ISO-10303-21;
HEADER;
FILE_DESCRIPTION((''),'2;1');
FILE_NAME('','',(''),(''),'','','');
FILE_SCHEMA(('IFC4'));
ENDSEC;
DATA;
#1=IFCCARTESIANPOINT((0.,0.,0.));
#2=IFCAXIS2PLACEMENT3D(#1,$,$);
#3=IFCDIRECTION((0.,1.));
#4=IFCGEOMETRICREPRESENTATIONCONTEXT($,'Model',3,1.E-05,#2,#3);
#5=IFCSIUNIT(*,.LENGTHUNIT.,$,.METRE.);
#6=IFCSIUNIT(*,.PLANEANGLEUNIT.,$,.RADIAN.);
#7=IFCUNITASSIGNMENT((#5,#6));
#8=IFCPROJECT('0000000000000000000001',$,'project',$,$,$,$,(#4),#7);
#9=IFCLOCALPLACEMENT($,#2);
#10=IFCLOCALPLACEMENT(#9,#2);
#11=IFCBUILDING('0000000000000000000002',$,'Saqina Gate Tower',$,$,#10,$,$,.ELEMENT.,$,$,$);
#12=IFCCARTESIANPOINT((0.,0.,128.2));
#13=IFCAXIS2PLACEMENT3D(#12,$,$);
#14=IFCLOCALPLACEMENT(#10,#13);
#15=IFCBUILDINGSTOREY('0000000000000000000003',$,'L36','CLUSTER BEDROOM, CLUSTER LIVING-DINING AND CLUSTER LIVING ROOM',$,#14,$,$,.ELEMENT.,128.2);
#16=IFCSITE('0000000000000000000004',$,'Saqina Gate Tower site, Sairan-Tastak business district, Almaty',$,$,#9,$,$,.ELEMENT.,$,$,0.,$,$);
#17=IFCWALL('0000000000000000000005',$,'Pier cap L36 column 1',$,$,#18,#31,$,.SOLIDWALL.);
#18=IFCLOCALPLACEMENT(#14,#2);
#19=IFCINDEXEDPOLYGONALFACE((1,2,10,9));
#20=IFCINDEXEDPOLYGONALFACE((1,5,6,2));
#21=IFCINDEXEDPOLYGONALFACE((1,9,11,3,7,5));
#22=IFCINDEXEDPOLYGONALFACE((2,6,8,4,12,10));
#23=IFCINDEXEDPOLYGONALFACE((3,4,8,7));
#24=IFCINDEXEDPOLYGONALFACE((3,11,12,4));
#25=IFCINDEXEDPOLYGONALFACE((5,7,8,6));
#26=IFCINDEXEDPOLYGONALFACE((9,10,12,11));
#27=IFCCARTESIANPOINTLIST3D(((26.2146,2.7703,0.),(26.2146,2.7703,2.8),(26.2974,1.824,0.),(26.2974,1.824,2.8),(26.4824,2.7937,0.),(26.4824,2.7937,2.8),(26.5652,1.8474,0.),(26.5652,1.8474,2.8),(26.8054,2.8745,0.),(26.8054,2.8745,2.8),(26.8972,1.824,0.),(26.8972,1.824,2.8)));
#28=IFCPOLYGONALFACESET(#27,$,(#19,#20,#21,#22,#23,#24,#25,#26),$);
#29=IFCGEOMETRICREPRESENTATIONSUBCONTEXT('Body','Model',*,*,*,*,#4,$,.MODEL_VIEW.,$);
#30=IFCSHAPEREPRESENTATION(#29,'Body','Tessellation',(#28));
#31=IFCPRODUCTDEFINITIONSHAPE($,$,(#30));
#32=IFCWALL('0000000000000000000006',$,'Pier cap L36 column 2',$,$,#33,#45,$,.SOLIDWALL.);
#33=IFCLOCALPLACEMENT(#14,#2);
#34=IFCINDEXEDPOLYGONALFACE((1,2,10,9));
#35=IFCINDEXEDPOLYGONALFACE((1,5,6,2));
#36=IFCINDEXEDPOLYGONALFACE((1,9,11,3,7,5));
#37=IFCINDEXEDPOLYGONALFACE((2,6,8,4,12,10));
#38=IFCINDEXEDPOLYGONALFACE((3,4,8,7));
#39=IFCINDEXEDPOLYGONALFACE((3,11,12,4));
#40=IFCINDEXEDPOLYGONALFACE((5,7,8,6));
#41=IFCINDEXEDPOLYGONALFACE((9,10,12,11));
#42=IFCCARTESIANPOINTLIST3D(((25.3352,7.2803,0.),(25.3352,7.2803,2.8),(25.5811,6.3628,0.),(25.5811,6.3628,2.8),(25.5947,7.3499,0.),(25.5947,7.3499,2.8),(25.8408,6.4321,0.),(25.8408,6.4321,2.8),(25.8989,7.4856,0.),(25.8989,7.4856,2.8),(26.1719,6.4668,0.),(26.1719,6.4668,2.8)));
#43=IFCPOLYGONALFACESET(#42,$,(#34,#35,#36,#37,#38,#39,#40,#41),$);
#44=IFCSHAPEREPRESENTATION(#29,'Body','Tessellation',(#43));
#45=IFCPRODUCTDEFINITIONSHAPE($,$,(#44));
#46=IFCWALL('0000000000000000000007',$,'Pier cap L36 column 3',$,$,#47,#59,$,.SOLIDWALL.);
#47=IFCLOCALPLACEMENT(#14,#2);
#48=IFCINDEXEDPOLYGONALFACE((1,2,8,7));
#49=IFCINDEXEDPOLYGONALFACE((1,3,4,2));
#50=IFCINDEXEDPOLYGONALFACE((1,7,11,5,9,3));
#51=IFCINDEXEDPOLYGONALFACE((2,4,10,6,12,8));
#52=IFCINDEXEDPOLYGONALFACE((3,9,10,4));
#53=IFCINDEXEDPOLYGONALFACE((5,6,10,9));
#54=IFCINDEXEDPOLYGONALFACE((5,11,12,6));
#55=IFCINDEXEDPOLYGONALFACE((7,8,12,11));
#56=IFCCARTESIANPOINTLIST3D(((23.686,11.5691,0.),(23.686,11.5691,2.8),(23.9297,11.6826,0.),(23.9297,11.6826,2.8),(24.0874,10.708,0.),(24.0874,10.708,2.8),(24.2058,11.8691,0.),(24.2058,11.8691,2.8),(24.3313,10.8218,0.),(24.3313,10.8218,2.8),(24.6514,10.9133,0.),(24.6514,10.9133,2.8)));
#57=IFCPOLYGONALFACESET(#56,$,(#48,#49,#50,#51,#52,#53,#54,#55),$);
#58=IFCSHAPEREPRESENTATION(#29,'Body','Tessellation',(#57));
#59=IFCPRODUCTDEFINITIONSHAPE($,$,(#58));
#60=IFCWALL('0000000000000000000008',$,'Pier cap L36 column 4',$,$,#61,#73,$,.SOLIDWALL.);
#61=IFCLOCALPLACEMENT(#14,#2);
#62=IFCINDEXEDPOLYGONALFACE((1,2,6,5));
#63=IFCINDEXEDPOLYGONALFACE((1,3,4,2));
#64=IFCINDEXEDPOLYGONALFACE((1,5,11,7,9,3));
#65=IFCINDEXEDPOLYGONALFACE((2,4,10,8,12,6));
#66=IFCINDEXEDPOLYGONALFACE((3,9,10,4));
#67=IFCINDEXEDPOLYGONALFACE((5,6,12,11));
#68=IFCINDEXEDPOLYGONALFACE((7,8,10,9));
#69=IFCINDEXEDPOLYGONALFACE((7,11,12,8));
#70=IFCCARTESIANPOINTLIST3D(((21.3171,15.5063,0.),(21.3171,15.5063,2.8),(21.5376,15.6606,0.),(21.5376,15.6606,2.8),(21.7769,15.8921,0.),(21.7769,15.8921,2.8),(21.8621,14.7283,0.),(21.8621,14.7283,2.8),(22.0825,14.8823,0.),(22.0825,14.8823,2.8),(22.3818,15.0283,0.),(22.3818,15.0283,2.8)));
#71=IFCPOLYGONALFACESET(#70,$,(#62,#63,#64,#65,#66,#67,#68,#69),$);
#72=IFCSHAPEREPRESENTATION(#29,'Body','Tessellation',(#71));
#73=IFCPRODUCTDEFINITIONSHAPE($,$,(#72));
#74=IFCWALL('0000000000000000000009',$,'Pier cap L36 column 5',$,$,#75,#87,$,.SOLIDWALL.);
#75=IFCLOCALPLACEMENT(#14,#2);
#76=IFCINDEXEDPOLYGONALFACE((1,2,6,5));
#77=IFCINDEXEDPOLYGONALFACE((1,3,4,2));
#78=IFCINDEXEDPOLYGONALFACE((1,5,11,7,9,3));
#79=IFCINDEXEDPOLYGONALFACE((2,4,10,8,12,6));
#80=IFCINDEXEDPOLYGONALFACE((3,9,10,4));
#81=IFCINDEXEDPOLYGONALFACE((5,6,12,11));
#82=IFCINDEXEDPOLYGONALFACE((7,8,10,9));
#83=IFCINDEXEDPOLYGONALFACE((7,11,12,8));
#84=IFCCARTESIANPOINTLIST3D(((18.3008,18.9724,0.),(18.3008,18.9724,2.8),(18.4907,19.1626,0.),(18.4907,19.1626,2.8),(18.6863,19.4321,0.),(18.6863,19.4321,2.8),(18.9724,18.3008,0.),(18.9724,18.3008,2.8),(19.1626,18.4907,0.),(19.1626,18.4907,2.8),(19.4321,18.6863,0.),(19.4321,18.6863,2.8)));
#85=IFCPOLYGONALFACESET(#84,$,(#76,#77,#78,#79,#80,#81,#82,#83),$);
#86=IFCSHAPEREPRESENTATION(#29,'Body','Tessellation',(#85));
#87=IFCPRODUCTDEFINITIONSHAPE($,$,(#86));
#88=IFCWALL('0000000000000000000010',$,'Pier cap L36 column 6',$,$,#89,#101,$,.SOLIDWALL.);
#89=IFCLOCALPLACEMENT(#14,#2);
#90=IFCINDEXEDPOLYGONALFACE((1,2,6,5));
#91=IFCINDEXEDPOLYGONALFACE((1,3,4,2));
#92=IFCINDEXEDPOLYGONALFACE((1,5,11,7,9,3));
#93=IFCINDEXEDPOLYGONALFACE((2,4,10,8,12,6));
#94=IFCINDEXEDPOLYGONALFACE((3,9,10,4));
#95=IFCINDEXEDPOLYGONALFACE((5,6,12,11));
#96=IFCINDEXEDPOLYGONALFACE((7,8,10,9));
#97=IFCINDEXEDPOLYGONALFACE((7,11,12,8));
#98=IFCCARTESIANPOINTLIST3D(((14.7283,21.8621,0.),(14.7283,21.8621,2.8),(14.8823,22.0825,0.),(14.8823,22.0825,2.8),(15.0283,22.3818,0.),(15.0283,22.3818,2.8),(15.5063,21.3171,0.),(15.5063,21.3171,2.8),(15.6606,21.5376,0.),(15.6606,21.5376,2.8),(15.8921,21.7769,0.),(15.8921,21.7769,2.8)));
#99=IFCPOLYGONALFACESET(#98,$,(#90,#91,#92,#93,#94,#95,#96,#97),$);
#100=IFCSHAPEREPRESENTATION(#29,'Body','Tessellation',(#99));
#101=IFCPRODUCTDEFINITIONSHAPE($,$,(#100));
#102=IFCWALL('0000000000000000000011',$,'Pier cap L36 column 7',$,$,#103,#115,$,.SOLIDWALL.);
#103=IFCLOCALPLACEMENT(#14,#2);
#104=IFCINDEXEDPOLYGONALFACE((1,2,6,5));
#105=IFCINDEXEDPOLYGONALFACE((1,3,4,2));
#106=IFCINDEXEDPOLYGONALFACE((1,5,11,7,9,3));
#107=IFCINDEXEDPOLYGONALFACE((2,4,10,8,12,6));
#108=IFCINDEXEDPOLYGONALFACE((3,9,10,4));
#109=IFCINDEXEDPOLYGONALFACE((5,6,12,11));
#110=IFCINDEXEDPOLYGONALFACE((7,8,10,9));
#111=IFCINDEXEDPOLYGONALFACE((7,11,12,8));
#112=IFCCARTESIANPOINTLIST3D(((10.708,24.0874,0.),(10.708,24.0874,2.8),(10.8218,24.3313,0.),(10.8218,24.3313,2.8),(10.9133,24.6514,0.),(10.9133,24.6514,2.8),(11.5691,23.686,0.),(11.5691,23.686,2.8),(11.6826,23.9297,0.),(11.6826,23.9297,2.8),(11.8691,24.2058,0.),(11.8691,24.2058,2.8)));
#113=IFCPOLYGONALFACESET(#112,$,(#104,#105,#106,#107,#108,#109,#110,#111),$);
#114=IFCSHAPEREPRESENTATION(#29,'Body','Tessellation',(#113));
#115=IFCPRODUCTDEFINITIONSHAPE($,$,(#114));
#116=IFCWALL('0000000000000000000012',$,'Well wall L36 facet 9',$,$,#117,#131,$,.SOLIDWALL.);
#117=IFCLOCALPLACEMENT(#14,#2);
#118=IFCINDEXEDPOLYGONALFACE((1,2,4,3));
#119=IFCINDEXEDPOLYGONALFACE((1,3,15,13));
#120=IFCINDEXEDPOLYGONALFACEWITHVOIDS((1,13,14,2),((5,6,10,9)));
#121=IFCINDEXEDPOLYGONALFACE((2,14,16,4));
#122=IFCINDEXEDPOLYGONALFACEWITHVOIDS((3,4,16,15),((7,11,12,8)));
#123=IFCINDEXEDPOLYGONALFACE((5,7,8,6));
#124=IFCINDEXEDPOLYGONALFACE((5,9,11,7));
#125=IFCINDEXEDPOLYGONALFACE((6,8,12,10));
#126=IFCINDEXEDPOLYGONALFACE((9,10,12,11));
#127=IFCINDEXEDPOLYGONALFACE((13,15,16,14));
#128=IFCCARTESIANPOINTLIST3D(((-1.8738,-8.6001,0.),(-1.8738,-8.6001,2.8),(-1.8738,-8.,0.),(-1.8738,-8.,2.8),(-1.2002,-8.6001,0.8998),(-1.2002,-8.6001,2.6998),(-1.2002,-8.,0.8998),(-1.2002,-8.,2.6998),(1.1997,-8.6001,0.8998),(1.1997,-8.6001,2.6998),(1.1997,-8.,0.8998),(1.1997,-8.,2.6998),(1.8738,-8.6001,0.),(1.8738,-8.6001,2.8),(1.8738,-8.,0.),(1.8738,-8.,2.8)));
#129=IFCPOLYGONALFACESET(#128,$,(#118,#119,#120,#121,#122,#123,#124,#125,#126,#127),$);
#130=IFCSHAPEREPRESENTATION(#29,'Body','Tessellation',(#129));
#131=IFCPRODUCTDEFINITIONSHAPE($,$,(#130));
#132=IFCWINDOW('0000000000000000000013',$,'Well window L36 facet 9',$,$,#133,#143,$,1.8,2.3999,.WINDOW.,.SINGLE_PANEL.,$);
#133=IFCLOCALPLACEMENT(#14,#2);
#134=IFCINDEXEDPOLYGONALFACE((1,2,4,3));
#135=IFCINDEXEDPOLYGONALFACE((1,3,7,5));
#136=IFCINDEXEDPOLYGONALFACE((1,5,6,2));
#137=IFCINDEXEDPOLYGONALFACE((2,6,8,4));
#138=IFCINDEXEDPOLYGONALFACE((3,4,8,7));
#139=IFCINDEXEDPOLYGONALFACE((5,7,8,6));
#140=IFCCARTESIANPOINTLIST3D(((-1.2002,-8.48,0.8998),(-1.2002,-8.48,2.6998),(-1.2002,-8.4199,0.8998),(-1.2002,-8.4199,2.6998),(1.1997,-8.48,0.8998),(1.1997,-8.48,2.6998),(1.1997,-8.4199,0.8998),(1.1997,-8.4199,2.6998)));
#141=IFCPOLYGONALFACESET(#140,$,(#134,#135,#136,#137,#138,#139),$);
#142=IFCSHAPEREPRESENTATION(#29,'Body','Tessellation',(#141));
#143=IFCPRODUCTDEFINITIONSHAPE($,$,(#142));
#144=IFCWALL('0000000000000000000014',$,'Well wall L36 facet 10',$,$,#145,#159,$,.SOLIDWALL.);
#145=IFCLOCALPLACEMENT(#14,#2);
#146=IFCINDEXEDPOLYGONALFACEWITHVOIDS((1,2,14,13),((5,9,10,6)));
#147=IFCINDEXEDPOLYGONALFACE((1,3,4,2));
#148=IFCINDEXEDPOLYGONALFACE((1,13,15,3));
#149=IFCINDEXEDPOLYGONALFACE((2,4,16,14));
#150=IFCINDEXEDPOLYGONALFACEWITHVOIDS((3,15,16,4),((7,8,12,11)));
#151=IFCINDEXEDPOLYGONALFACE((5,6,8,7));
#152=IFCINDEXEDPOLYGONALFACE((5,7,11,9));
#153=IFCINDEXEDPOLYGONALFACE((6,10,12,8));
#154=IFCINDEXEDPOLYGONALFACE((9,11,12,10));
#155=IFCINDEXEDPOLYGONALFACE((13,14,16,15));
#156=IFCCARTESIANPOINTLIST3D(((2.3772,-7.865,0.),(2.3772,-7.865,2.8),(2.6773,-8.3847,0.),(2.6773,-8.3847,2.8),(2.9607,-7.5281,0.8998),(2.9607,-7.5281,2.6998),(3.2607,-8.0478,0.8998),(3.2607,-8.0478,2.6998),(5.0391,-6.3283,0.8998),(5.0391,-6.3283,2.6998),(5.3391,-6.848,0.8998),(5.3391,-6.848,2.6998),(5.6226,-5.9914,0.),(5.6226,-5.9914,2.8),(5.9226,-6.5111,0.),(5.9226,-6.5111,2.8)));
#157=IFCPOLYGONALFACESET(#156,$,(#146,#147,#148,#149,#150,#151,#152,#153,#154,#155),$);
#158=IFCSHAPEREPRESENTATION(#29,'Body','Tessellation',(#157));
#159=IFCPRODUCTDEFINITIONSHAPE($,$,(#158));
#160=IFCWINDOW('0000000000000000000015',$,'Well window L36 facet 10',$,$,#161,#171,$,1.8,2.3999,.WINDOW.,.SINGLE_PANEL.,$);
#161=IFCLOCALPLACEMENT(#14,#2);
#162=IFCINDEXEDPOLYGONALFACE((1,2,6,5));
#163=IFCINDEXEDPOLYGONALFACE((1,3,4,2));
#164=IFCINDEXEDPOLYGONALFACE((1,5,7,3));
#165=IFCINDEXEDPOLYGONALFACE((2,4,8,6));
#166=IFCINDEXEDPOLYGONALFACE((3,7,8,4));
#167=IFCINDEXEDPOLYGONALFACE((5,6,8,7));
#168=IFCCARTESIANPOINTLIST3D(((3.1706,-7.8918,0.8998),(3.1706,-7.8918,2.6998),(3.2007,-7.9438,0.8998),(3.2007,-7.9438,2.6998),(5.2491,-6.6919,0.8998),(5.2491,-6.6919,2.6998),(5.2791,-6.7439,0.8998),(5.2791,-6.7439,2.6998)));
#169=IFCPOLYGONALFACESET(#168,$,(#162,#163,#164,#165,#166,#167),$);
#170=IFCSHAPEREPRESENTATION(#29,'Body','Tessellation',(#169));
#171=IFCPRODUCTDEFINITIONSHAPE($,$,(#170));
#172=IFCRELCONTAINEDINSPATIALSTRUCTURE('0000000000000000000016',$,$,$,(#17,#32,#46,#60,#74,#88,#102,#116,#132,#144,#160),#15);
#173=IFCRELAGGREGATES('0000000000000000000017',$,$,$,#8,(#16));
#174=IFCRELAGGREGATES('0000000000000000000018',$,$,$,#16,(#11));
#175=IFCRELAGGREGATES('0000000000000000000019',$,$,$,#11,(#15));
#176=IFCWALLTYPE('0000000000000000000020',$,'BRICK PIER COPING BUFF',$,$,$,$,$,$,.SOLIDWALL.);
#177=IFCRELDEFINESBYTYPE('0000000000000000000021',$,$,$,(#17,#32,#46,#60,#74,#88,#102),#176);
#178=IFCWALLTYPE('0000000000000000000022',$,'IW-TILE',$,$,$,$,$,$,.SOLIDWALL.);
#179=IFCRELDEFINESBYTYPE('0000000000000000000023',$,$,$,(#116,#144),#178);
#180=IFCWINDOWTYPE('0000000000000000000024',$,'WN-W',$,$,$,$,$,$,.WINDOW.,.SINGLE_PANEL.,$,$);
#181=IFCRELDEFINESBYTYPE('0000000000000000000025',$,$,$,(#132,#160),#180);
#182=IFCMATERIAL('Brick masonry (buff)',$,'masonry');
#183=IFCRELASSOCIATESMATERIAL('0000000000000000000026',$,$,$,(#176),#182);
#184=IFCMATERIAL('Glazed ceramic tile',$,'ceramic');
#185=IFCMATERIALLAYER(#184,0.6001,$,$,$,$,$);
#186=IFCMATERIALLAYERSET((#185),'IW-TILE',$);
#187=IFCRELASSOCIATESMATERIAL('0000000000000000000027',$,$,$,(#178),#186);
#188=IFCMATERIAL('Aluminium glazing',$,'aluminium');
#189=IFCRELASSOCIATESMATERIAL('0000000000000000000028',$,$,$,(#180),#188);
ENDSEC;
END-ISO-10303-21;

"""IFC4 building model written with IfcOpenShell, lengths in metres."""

from ifc_helpers import new_model, si_unit, direction, frame, frame_2d, origin, place, context, subcontext, project, spatial, polyline, rectangle, outline, extrude, material, layer, layer_set, type_object, element, fill, save


model = new_model("IFC4")

# Units and contexts
model_context = context("Model", 3, precision=1e-05, world=origin(), true_north=direction((0.0, 1.0)))
body_context = subcontext(model_context, "Body", "Model", "MODEL_VIEW")
ifc_project = project(units=[si_unit("LENGTHUNIT", "METRE"), si_unit("PLANEANGLEUNIT", "RADIAN")], contexts=[model_context])

# Site, building, storey
site_placement = place(None, origin())
site = spatial("IfcSite", under=ifc_project, at=site_placement, Name="Saqina Gate Tower site, Sairan-Tastak business district, Almaty", CompositionType="ELEMENT", RefElevation=0.0)
building_placement = place(site_placement, origin())
building = spatial("IfcBuilding", under=site, at=building_placement, Name="Saqina Gate Tower", CompositionType="ELEMENT")
storey_placement = place(building_placement, frame((0.0, 0.0, 128.2)))
storey = spatial("IfcBuildingStorey", under=building, at=storey_placement, Name="L36", Description="CLUSTER BEDROOM, CLUSTER LIVING-DINING AND CLUSTER LIVING ROOM", CompositionType="ELEMENT", Elevation=128.2)

# Walls
ifc_material_1 = material(Name="Brick masonry (buff)", Category="masonry")
wall_type_1 = type_object("IfcWallType", Name="BRICK PIER COPING BUFF", PredefinedType="SOLIDWALL", material=ifc_material_1)
wall_1_placement = place(storey_placement, origin())
element("IfcWall", 1, at=wall_1_placement, inside=storey, type_object=wall_type_1, Name="Pier cap L36 column 1", PredefinedType="SOLIDWALL", context=body_context, shape_type="SweptSolid", body=[
    extrude(outline(polyline([(26.8054, 2.8745), (26.2146, 2.7703), (26.4824, 2.7937), (26.5652, 1.8474), (26.2974, 1.824), (26.8972, 1.824), (26.8054, 2.8745)])), origin(), (0.0, 0.0, 1.0), 2.8),
])
wall_2_placement = place(storey_placement, origin())
element("IfcWall", 2, at=wall_2_placement, inside=storey, type_object=wall_type_1, Name="Pier cap L36 column 2", PredefinedType="SOLIDWALL", context=body_context, shape_type="SweptSolid", body=[
    extrude(outline(polyline([(26.1719, 6.4668), (25.8989, 7.4856), (25.3352, 7.2803), (25.5947, 7.3499), (25.8408, 6.4321), (25.5811, 6.3628), (26.1719, 6.4668)])), origin(), (0.0, 0.0, 1.0), 2.8),
])
wall_3_placement = place(storey_placement, origin())
element("IfcWall", 3, at=wall_3_placement, inside=storey, type_object=wall_type_1, Name="Pier cap L36 column 3", PredefinedType="SOLIDWALL", context=body_context, shape_type="SweptSolid", body=[
    extrude(outline(polyline([(24.6514, 10.9133), (24.2058, 11.8691), (23.686, 11.5691), (23.9297, 11.6826), (24.3313, 10.8218), (24.0874, 10.708), (24.6514, 10.9133)])), origin(), (0.0, 0.0, 1.0), 2.8),
])
wall_4_placement = place(storey_placement, origin())
element("IfcWall", 4, at=wall_4_placement, inside=storey, type_object=wall_type_1, Name="Pier cap L36 column 4", PredefinedType="SOLIDWALL", context=body_context, shape_type="SweptSolid", body=[
    extrude(outline(polyline([(21.7769, 15.8921), (21.3171, 15.5063), (21.5376, 15.6606), (22.0825, 14.8823), (21.8621, 14.7283), (22.3818, 15.0283), (21.7769, 15.8921)])), origin(), (0.0, 0.0, 1.0), 2.8),
])
wall_5_placement = place(storey_placement, origin())
element("IfcWall", 5, at=wall_5_placement, inside=storey, type_object=wall_type_1, Name="Pier cap L36 column 5", PredefinedType="SOLIDWALL", context=body_context, shape_type="SweptSolid", body=[
    extrude(outline(polyline([(19.4321, 18.6863), (18.6863, 19.4321), (18.3008, 18.9724), (18.4907, 19.1626), (19.1626, 18.4907), (18.9724, 18.3008), (19.4321, 18.6863)])), origin(), (0.0, 0.0, 1.0), 2.8),
])
wall_6_placement = place(storey_placement, origin())
element("IfcWall", 6, at=wall_6_placement, inside=storey, type_object=wall_type_1, Name="Pier cap L36 column 6", PredefinedType="SOLIDWALL", context=body_context, shape_type="SweptSolid", body=[
    extrude(outline(polyline([(15.0283, 22.3818), (14.7283, 21.8621), (14.8823, 22.0825), (15.6606, 21.5376), (15.5063, 21.3171), (15.8921, 21.7769), (15.0283, 22.3818)])), origin(), (0.0, 0.0, 1.0), 2.8),
])
wall_7_placement = place(storey_placement, origin())
element("IfcWall", 7, at=wall_7_placement, inside=storey, type_object=wall_type_1, Name="Pier cap L36 column 7", PredefinedType="SOLIDWALL", context=body_context, shape_type="SweptSolid", body=[
    extrude(outline(polyline([(10.9133, 24.6514), (10.708, 24.0874), (10.8218, 24.3313), (11.6826, 23.9297), (11.5691, 23.686), (11.8691, 24.2058), (10.9133, 24.6514)])), origin(), (0.0, 0.0, 1.0), 2.8),
])

# Walls, openings, windows
ifc_material_2 = material(Name="Glazed ceramic tile", Category="ceramic")
ifc_layer_1 = layer(ifc_material_2, 0.6001)
ifc_layer_set_1 = layer_set([ifc_layer_1], Name="IW-TILE")
wall_type_2 = type_object("IfcWallType", Name="IW-TILE", PredefinedType="SOLIDWALL", material=ifc_layer_set_1)
wall_8_placement = place(storey_placement, frame((-1.8738, -8.3, 0.0), z_axis=(0.0, 0.0, 1.0), x_axis=(1.0, 0.0, 0.0)))
wall_8 = element("IfcWall", 8, at=wall_8_placement, inside=storey, type_object=wall_type_2, Name="Well wall L36 facet 9", PredefinedType="SOLIDWALL", context=body_context, shape_type="SweptSolid", body=[
    extrude(rectangle(XDim=3.7476, YDim=0.6001, at=frame_2d((1.8738, 0.0))), origin(), (0.0, 0.0, 1.0), 2.8),
])
opening_1_placement = place(wall_8_placement, frame((0.6736, 0.0, 0.8999)))
opening_1 = element("IfcOpeningElement", 9, at=opening_1_placement, cuts=wall_8, PredefinedType="OPENING", context=body_context, shape_type="SweptSolid", body=[
    extrude(rectangle(XDim=2.3999, YDim=1.8, at=frame_2d((1.2, 0.8999))), frame((0.0, 0.312, 0.0), z_axis=(0.0, -1.0, 0.0), x_axis=(1.0, 0.0, 0.0)), (0.0, 0.0, 1.0), 0.624),
])
ifc_material_3 = material(Name="Aluminium glazing", Category="aluminium")
window_type = type_object("IfcWindowType", Name="WN-W", PartitioningType="SINGLE_PANEL", PredefinedType="WINDOW", material=ifc_material_3)
window_1_placement = place(opening_1_placement, origin())
window_1 = element("IfcWindow", 10, at=window_1_placement, inside=storey, type_object=window_type, Name="Well window L36 facet 9", OverallHeight=1.8, OverallWidth=2.3999, PartitioningType="SINGLE_PANEL", PredefinedType="WINDOW", context=body_context, shape_type="SweptSolid", body=[
    extrude(rectangle(XDim=2.3999, YDim=1.8, at=frame_2d((1.2, 0.8999))), frame((0.0, -0.1199, 0.0), z_axis=(0.0, -1.0, 0.0), x_axis=(1.0, 0.0, 0.0)), (0.0, 0.0, 1.0), 0.0601),
])
fill(opening_1, window_1)
wall_9_placement = place(storey_placement, frame((2.5273, -8.1248, 0.0), z_axis=(0.0, 0.0, 1.0), x_axis=(0.866046, 0.499965, 0.0)))
wall_9 = element("IfcWall", 11, at=wall_9_placement, inside=storey, type_object=wall_type_2, Name="Well wall L36 facet 10", PredefinedType="SOLIDWALL", context=body_context, shape_type="SweptSolid", body=[
    extrude(rectangle(XDim=3.7473, YDim=0.6001, at=frame_2d((1.8735, 0.0))), origin(), (0.0, 0.0, 1.0), 2.8),
])
opening_2_placement = place(wall_9_placement, frame((0.6736, 0.0, 0.8999)))
opening_2 = element("IfcOpeningElement", 12, at=opening_2_placement, cuts=wall_9, PredefinedType="OPENING", context=body_context, shape_type="SweptSolid", body=[
    extrude(rectangle(XDim=2.3999, YDim=1.8, at=frame_2d((1.2, 0.8999))), frame((0.0, 0.312, 0.0), z_axis=(0.0, -1.0, 0.0), x_axis=(1.0, 0.0, 0.0)), (0.0, 0.0, 1.0), 0.624),
])
window_2_placement = place(opening_2_placement, origin())
window_2 = element("IfcWindow", 13, at=window_2_placement, inside=storey, type_object=window_type, Name="Well window L36 facet 10", OverallHeight=1.8, OverallWidth=2.3999, PartitioningType="SINGLE_PANEL", PredefinedType="WINDOW", context=body_context, shape_type="SweptSolid", body=[
    extrude(rectangle(XDim=2.3999, YDim=1.8, at=frame_2d((1.2, 0.8999))), frame((0.0, -0.1199, 0.0), z_axis=(0.0, -1.0, 0.0), x_axis=(1.0, 0.0, 0.0)), (0.0, 0.0, 1.0), 0.0601),
])
fill(opening_2, window_2)

save(model, "model.ifc")
